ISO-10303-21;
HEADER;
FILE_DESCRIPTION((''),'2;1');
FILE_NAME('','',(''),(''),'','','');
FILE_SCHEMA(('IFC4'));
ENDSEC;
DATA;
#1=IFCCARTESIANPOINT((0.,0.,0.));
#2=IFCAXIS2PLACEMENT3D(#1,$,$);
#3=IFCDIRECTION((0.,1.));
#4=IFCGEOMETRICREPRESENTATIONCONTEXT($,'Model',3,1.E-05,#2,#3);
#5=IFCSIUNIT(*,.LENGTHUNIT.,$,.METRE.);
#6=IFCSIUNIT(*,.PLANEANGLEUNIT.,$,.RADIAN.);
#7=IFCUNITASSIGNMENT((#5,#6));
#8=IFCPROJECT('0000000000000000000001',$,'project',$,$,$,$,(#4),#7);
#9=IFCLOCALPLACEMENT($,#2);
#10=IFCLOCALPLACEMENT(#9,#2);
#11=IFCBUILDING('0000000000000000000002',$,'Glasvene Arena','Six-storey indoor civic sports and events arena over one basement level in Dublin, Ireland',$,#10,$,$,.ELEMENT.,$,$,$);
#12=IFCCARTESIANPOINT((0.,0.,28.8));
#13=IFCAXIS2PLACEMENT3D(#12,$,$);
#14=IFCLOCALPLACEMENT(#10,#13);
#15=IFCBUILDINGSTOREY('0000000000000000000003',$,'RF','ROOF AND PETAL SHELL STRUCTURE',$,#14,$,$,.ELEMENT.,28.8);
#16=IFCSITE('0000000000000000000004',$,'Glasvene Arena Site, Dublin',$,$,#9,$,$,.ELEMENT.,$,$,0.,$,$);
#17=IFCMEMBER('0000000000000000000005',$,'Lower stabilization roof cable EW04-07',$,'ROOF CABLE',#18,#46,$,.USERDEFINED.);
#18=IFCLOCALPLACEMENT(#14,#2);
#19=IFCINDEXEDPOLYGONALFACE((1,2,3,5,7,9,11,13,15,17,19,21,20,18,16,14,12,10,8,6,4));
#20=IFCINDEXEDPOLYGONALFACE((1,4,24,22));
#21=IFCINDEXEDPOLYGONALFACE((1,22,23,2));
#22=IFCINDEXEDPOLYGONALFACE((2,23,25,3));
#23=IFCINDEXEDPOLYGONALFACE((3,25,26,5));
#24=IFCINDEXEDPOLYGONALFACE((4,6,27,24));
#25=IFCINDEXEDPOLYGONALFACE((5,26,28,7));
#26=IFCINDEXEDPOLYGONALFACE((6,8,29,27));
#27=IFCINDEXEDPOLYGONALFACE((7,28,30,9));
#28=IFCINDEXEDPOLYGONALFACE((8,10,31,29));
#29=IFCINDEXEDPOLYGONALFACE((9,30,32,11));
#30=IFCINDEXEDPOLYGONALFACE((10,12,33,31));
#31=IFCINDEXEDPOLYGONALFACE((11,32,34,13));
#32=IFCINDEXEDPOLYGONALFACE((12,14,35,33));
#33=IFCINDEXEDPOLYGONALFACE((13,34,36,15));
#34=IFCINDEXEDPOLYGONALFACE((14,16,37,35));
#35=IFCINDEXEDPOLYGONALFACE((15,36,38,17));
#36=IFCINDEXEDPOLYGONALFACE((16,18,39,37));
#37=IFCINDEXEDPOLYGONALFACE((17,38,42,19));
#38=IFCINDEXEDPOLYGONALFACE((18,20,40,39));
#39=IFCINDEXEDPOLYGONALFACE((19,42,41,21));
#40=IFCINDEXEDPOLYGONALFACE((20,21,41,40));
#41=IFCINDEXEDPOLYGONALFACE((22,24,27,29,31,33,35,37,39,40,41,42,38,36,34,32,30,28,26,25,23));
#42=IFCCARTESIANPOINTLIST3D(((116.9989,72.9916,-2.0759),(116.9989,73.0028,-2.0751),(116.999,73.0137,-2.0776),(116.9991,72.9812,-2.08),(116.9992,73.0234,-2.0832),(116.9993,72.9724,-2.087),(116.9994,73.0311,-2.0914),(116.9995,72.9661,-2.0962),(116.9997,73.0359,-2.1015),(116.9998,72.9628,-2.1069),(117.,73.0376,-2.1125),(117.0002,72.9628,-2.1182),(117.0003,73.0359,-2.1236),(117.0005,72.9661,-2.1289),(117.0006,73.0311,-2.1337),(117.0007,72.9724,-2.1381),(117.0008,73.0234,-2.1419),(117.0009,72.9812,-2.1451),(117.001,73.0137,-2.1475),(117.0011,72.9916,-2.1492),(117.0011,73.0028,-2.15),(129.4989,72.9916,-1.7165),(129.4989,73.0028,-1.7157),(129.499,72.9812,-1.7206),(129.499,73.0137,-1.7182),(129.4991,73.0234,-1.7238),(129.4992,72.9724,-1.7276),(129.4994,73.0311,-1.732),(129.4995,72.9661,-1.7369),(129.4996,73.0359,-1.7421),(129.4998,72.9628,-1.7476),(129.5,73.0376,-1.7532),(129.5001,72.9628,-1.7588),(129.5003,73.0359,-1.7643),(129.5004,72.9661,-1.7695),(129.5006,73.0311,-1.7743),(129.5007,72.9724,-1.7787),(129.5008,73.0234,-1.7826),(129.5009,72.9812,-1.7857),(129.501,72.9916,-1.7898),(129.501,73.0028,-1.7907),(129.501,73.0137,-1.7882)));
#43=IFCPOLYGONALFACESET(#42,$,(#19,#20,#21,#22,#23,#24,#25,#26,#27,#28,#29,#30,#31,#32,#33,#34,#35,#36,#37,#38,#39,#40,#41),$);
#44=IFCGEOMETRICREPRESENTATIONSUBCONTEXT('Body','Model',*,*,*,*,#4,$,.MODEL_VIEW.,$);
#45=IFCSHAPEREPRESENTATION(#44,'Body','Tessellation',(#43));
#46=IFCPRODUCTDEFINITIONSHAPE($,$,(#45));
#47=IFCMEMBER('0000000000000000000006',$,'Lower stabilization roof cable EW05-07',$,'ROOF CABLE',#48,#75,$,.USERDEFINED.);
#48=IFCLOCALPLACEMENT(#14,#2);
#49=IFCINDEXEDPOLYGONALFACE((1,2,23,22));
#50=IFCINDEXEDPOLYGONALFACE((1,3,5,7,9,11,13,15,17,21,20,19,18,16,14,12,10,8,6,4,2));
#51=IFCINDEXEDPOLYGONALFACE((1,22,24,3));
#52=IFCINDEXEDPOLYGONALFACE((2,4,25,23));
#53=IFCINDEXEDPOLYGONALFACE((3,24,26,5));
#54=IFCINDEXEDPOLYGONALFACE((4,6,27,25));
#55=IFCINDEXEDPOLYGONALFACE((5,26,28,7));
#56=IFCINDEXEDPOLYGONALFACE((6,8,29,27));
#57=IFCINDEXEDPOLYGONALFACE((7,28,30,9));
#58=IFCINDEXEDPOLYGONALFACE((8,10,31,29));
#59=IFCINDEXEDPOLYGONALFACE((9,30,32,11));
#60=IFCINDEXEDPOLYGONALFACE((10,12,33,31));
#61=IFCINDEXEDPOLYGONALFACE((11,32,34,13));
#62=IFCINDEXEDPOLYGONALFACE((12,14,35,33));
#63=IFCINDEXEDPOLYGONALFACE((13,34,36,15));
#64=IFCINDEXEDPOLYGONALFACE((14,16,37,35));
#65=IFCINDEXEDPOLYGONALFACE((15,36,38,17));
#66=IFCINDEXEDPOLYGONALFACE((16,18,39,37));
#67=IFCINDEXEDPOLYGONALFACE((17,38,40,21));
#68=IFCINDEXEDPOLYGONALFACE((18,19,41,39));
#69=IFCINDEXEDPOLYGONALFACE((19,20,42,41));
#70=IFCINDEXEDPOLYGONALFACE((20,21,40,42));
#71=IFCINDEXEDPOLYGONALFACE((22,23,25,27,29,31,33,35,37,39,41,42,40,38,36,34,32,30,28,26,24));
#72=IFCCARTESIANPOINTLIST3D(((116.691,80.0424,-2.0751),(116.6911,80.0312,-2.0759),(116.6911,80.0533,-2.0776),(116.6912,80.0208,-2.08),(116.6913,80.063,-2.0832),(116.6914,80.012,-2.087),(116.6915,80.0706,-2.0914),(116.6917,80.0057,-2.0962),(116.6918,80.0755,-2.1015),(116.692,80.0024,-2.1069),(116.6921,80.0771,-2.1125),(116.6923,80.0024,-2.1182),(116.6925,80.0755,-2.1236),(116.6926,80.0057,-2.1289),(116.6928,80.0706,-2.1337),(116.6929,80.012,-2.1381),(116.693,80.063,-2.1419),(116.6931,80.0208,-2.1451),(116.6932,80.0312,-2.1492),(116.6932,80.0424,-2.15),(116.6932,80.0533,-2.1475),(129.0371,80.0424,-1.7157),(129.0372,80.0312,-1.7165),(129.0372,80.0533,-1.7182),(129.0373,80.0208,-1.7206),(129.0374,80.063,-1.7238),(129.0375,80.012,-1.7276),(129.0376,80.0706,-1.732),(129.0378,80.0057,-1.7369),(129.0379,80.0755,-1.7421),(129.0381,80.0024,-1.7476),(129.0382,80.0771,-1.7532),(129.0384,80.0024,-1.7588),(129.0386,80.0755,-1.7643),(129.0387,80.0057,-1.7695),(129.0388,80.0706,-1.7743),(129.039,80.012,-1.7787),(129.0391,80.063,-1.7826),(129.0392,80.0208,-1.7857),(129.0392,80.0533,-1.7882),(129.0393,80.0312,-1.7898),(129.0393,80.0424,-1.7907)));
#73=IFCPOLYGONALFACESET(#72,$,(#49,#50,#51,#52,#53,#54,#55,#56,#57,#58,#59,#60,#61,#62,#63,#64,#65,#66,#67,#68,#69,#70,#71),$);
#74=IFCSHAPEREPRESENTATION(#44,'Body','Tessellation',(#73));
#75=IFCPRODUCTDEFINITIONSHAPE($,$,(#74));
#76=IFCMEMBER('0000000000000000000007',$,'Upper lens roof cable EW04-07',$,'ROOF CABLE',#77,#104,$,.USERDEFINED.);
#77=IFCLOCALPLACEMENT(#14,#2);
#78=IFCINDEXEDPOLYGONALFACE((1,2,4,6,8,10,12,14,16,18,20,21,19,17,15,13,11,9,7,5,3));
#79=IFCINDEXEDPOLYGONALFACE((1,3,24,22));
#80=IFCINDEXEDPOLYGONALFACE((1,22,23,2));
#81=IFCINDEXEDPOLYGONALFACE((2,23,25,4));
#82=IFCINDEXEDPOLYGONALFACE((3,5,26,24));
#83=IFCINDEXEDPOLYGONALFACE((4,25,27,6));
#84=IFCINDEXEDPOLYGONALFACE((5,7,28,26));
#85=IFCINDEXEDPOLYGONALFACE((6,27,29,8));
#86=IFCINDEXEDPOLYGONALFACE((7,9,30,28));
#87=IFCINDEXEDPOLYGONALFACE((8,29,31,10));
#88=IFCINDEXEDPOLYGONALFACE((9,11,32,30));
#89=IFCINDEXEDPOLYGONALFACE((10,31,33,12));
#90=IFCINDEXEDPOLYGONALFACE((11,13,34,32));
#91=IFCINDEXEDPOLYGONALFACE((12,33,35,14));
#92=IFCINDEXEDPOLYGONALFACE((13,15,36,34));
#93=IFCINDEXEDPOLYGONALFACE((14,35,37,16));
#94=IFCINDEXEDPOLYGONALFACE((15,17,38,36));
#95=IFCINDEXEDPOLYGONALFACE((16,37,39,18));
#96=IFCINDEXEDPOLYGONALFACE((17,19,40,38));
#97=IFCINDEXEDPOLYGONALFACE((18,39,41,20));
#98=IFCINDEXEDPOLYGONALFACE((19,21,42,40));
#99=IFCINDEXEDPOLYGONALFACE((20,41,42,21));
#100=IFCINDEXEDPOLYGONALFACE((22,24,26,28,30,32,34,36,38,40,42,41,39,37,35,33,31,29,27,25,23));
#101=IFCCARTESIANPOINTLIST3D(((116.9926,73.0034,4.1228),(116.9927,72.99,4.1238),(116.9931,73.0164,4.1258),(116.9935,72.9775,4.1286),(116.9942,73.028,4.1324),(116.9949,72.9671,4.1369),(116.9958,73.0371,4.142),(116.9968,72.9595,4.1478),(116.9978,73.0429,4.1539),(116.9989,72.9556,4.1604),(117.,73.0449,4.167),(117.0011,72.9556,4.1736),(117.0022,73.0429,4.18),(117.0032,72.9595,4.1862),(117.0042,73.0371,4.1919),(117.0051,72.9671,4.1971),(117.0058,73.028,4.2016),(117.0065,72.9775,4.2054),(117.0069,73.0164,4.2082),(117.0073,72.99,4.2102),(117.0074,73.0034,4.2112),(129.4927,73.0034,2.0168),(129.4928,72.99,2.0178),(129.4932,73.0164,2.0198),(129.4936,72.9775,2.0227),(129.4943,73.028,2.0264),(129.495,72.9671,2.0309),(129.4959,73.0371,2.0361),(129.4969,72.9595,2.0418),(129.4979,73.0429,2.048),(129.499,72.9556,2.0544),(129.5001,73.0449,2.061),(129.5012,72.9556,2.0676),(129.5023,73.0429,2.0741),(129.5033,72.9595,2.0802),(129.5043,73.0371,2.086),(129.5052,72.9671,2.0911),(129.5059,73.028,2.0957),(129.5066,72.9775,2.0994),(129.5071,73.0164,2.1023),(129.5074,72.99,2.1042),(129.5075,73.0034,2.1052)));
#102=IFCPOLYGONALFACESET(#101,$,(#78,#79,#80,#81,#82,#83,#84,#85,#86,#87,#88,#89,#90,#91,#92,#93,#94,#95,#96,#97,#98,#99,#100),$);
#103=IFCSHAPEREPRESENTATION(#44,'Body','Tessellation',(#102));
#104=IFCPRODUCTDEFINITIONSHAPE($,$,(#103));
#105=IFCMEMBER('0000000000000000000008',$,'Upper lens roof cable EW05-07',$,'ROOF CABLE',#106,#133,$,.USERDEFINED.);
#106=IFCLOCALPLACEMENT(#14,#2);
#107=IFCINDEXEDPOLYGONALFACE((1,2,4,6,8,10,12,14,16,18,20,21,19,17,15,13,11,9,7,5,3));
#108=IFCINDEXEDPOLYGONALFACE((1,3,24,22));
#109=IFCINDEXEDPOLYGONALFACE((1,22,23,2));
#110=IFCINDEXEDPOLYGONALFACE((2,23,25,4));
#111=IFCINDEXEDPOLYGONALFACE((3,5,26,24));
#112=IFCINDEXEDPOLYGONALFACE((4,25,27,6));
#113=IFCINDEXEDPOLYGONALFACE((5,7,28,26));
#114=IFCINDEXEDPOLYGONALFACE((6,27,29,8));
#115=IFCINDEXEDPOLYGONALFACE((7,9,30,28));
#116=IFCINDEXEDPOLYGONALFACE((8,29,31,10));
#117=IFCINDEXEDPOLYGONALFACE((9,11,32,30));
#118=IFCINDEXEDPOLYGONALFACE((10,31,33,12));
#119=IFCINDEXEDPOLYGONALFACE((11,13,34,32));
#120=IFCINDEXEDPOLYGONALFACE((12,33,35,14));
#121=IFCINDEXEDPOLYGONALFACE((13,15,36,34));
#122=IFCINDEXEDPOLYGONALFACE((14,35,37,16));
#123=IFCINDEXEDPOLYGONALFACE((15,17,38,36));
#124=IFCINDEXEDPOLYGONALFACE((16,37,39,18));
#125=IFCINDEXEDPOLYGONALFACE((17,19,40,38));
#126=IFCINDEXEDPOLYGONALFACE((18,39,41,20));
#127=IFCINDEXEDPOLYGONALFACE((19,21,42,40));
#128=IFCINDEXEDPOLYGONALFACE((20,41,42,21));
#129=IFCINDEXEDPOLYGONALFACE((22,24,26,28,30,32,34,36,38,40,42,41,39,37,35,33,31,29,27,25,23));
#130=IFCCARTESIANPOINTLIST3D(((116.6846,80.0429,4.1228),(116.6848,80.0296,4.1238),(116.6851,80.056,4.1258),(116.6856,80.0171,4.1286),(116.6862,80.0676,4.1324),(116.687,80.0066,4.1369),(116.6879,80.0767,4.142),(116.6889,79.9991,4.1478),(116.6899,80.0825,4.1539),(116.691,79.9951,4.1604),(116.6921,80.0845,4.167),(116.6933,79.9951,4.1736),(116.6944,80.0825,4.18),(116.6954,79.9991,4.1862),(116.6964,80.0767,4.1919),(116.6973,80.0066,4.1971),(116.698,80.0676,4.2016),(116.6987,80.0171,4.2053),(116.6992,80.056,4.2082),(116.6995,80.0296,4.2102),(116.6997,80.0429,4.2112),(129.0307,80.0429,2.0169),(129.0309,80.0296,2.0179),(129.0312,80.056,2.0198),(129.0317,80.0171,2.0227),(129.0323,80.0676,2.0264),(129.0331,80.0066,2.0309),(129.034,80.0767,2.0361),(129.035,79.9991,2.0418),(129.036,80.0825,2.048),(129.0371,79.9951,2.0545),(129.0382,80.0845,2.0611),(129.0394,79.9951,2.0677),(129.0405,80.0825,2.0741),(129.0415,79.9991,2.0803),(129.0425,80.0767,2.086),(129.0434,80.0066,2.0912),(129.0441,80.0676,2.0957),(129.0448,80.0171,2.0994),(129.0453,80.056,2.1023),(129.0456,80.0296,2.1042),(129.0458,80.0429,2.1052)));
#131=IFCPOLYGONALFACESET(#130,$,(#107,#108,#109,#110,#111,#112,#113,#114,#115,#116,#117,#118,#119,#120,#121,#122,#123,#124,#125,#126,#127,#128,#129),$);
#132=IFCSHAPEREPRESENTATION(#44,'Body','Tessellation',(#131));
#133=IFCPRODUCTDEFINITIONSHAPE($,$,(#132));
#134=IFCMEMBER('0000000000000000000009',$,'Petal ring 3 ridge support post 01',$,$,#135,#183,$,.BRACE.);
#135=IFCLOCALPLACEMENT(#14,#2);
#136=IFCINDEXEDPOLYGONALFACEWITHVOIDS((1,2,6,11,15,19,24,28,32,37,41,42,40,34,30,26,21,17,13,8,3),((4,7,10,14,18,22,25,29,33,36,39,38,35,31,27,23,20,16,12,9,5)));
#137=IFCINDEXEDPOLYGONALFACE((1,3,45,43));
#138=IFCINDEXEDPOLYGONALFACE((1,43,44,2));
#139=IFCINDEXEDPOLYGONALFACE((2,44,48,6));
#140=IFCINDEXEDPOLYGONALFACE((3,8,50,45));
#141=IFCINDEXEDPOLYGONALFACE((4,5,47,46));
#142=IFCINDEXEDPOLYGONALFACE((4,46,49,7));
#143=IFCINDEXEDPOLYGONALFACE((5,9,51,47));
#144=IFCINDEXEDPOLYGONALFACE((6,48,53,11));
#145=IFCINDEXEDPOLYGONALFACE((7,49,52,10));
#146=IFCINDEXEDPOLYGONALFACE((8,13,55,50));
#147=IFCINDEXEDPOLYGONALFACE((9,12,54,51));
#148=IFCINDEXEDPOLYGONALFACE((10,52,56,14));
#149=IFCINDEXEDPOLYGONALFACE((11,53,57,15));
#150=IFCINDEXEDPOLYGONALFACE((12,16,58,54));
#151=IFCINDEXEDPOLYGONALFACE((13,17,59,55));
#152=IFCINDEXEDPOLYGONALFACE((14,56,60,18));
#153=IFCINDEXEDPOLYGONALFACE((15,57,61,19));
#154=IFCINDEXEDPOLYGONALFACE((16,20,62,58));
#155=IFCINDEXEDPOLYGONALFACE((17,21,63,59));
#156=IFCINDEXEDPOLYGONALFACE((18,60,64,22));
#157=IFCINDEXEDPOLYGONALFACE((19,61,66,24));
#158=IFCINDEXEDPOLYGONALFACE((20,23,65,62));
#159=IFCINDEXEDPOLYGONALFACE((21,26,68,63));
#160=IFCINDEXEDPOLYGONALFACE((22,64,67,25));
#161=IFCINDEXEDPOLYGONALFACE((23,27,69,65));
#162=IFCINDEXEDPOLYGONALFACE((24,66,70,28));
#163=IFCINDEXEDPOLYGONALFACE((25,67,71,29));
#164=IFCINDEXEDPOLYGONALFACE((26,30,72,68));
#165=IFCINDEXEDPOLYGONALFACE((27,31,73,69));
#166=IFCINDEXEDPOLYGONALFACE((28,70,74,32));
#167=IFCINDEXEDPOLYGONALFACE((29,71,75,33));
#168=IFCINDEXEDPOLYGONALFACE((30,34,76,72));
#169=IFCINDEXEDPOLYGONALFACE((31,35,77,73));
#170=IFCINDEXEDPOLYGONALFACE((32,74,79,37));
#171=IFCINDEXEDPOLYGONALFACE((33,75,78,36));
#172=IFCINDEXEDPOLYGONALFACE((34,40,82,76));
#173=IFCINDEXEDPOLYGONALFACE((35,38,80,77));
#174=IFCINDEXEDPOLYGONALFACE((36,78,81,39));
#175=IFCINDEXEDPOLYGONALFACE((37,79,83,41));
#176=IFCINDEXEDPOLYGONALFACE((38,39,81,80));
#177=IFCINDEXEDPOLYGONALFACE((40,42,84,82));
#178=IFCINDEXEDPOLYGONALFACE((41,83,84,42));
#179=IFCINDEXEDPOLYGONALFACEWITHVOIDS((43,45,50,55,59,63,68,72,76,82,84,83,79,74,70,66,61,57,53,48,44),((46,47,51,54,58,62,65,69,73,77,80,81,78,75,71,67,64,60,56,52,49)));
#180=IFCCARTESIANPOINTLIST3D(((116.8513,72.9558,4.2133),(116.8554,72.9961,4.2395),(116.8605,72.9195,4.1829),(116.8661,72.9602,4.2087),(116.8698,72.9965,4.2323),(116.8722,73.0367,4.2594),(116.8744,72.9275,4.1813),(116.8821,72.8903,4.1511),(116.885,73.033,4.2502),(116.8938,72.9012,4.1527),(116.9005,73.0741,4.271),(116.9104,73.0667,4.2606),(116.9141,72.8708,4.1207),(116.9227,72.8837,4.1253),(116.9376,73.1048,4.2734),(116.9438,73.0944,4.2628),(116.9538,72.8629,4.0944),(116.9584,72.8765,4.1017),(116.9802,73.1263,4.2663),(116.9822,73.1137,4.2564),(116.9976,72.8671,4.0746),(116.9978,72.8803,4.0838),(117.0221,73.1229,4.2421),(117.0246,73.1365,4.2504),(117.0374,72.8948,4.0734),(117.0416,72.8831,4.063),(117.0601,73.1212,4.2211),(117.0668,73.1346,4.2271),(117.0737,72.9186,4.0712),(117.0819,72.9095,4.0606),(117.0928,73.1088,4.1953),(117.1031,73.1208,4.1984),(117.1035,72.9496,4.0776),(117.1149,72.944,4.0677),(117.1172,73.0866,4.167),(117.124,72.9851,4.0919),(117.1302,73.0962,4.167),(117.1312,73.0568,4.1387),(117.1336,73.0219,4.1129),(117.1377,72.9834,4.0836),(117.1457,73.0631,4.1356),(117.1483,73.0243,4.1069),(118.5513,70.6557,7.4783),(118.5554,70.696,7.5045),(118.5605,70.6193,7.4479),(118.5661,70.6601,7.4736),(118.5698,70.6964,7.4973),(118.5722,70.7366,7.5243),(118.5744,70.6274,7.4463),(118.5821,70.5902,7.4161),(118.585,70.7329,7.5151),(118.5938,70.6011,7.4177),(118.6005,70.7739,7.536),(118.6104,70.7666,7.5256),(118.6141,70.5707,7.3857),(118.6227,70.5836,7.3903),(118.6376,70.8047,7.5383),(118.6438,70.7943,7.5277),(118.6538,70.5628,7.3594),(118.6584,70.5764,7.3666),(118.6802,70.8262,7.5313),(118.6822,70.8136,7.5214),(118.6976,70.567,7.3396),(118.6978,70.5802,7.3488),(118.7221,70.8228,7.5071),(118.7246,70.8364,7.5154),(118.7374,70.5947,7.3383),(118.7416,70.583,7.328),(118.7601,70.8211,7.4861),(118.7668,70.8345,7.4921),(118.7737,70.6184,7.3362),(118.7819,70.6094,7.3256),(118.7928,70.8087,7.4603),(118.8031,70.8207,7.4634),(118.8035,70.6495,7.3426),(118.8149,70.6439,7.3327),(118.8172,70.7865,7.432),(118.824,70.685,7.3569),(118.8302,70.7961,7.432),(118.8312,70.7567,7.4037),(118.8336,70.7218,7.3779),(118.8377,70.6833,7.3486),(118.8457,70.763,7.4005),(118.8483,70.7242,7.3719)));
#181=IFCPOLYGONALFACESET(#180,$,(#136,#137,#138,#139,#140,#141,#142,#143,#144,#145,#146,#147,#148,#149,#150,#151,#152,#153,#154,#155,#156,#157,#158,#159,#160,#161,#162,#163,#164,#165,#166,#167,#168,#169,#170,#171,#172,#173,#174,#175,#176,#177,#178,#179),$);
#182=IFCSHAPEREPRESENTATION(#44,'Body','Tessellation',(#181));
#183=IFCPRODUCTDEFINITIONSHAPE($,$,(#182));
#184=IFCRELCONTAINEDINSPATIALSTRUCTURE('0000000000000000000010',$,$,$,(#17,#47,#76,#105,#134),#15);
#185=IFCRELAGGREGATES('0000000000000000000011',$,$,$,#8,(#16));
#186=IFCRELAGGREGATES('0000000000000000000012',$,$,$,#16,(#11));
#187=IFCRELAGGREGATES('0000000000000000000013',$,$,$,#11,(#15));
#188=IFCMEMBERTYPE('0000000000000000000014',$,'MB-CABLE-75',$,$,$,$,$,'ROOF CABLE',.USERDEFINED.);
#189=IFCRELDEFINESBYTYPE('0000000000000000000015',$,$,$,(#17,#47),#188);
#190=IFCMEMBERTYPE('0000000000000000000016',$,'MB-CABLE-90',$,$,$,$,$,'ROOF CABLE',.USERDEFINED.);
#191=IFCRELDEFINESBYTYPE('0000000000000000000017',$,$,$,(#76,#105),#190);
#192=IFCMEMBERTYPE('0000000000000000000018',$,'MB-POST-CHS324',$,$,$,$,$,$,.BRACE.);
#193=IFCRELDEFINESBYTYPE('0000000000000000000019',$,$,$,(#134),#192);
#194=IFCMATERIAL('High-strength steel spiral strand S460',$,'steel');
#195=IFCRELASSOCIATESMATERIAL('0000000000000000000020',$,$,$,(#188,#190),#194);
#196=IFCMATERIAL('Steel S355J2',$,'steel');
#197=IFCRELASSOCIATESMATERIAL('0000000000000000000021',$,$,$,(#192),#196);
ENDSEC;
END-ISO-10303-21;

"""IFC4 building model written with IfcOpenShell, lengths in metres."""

from ifc_helpers import new_model, si_unit, direction, frame, origin, origin_2d, place, context, subcontext, project, spatial, circle, hollow_circle, extrude, material, material_profile, profile_set, type_object, element, save


model = new_model("IFC4")

# Units and contexts
model_context = context("Model", 3, precision=1e-05, world=origin(), true_north=direction((0.0, 1.0)))
body_context = subcontext(model_context, "Body", "Model", "MODEL_VIEW")
ifc_project = project(units=[si_unit("LENGTHUNIT", "METRE"), si_unit("PLANEANGLEUNIT", "RADIAN")], contexts=[model_context])

# Site, building, storey
site_placement = place(None, origin())
site = spatial("IfcSite", under=ifc_project, at=site_placement, Name="Glasvene Arena Site, Dublin", CompositionType="ELEMENT", RefElevation=0.0)
building_placement = place(site_placement, origin())
building = spatial("IfcBuilding", under=site, at=building_placement, Name="Glasvene Arena", Description="Six-storey indoor civic sports and events arena over one basement level in Dublin, Ireland", CompositionType="ELEMENT")
storey_placement = place(building_placement, frame((0.0, 0.0, 28.8)))
storey = spatial("IfcBuildingStorey", under=building, at=storey_placement, Name="RF", Description="ROOF AND PETAL SHELL STRUCTURE", CompositionType="ELEMENT", Elevation=28.8)

# Members
ifc_material_1 = material(Name="High-strength steel spiral strand S460", Category="steel")
ifc_material_profile_1 = material_profile(ifc_material_1, circle(Radius=0.0376, at=origin_2d()), Name="LCSS D75")
ifc_profile_set_1 = profile_set([ifc_material_profile_1], Name="High-strength steel spiral strand S460")
member_type_1 = type_object("IfcMemberType", Name="MB-CABLE-75", ElementType="ROOF CABLE", PredefinedType="USERDEFINED", material=ifc_profile_set_1)
member_1_placement = place(storey_placement, frame((117.0, 73.0, -2.1125), z_axis=(0.999587, 0.0, 0.028738), x_axis=(0.0, 1.0, 0.0)))
element("IfcMember", 1, at=member_1_placement, inside=storey, type_object=member_type_1, Name="Lower stabilization roof cable EW04-07", ObjectType="ROOF CABLE", PredefinedType="USERDEFINED", context=body_context, shape_type="SweptSolid", body=[
    extrude(circle(Radius=0.0376, at=origin_2d()), origin(), (0.0, 0.0, 1.0), 12.5051),
])
member_2_placement = place(storey_placement, frame((116.6921, 80.0396, -2.1125), z_axis=(0.999577, 0.0, 0.029096), x_axis=(0.0, 1.0, 0.0)))
element("IfcMember", 2, at=member_2_placement, inside=storey, type_object=member_type_1, Name="Lower stabilization roof cable EW05-07", ObjectType="ROOF CABLE", PredefinedType="USERDEFINED", context=body_context, shape_type="SweptSolid", body=[
    extrude(circle(Radius=0.0376, at=origin_2d()), origin(), (0.0, 0.0, 1.0), 12.3513),
])
ifc_material_profile_2 = material_profile(ifc_material_1, circle(Radius=0.0449, at=origin_2d()), Name="LCSS D90")
ifc_profile_set_2 = profile_set([ifc_material_profile_2], Name="High-strength steel spiral strand S460")
member_type_2 = type_object("IfcMemberType", Name="MB-CABLE-90", ElementType="ROOF CABLE", PredefinedType="USERDEFINED", material=ifc_profile_set_2)
member_3_placement = place(storey_placement, frame((117.0, 73.0, 4.167), z_axis=(0.986103, 0.0, -0.166135), x_axis=(0.0, 1.0, 0.0)))
element("IfcMember", 3, at=member_3_placement, inside=storey, type_object=member_type_2, Name="Upper lens roof cable EW04-07", ObjectType="ROOF CABLE", PredefinedType="USERDEFINED", context=body_context, shape_type="SweptSolid", body=[
    extrude(circle(Radius=0.0449, at=origin_2d()), origin(), (0.0, 0.0, 1.0), 12.6763),
])
member_4_placement = place(storey_placement, frame((116.6921, 80.0396, 4.167), z_axis=(0.985762, 0.0, -0.168147), x_axis=(0.0, 1.0, 0.0)))
element("IfcMember", 4, at=member_4_placement, inside=storey, type_object=member_type_2, Name="Upper lens roof cable EW05-07", ObjectType="ROOF CABLE", PredefinedType="USERDEFINED", context=body_context, shape_type="SweptSolid", body=[
    extrude(circle(Radius=0.0449, at=origin_2d()), origin(), (0.0, 0.0, 1.0), 12.5244),
])
ifc_material_2 = material(Name="Steel S355J2", Category="steel")
ifc_material_profile_3 = material_profile(ifc_material_2, hollow_circle(Radius=0.1619, WallThickness=0.0161, at=origin_2d()), Name="CHS 323.9x16.0")
ifc_profile_set_3 = profile_set([ifc_material_profile_3], Name="Steel S355J2")
member_type_3 = type_object("IfcMemberType", Name="MB-POST-CHS324", PredefinedType="BRACE", material=ifc_profile_set_3)
member_5_placement = place(storey_placement, frame((117.0, 73.0, 4.167), z_axis=(0.391652, -0.529909, 0.7522), x_axis=(0.80419, 0.594372, 0.0)))
element("IfcMember", 5, at=member_5_placement, inside=storey, type_object=member_type_3, Name="Petal ring 3 ridge support post 01", PredefinedType="BRACE", context=body_context, shape_type="SweptSolid", body=[
    extrude(hollow_circle(Radius=0.1619, WallThickness=0.0161, at=origin_2d()), origin(), (0.0, 0.0, 1.0), 4.3406),
])

save(model, "model.ifc")
